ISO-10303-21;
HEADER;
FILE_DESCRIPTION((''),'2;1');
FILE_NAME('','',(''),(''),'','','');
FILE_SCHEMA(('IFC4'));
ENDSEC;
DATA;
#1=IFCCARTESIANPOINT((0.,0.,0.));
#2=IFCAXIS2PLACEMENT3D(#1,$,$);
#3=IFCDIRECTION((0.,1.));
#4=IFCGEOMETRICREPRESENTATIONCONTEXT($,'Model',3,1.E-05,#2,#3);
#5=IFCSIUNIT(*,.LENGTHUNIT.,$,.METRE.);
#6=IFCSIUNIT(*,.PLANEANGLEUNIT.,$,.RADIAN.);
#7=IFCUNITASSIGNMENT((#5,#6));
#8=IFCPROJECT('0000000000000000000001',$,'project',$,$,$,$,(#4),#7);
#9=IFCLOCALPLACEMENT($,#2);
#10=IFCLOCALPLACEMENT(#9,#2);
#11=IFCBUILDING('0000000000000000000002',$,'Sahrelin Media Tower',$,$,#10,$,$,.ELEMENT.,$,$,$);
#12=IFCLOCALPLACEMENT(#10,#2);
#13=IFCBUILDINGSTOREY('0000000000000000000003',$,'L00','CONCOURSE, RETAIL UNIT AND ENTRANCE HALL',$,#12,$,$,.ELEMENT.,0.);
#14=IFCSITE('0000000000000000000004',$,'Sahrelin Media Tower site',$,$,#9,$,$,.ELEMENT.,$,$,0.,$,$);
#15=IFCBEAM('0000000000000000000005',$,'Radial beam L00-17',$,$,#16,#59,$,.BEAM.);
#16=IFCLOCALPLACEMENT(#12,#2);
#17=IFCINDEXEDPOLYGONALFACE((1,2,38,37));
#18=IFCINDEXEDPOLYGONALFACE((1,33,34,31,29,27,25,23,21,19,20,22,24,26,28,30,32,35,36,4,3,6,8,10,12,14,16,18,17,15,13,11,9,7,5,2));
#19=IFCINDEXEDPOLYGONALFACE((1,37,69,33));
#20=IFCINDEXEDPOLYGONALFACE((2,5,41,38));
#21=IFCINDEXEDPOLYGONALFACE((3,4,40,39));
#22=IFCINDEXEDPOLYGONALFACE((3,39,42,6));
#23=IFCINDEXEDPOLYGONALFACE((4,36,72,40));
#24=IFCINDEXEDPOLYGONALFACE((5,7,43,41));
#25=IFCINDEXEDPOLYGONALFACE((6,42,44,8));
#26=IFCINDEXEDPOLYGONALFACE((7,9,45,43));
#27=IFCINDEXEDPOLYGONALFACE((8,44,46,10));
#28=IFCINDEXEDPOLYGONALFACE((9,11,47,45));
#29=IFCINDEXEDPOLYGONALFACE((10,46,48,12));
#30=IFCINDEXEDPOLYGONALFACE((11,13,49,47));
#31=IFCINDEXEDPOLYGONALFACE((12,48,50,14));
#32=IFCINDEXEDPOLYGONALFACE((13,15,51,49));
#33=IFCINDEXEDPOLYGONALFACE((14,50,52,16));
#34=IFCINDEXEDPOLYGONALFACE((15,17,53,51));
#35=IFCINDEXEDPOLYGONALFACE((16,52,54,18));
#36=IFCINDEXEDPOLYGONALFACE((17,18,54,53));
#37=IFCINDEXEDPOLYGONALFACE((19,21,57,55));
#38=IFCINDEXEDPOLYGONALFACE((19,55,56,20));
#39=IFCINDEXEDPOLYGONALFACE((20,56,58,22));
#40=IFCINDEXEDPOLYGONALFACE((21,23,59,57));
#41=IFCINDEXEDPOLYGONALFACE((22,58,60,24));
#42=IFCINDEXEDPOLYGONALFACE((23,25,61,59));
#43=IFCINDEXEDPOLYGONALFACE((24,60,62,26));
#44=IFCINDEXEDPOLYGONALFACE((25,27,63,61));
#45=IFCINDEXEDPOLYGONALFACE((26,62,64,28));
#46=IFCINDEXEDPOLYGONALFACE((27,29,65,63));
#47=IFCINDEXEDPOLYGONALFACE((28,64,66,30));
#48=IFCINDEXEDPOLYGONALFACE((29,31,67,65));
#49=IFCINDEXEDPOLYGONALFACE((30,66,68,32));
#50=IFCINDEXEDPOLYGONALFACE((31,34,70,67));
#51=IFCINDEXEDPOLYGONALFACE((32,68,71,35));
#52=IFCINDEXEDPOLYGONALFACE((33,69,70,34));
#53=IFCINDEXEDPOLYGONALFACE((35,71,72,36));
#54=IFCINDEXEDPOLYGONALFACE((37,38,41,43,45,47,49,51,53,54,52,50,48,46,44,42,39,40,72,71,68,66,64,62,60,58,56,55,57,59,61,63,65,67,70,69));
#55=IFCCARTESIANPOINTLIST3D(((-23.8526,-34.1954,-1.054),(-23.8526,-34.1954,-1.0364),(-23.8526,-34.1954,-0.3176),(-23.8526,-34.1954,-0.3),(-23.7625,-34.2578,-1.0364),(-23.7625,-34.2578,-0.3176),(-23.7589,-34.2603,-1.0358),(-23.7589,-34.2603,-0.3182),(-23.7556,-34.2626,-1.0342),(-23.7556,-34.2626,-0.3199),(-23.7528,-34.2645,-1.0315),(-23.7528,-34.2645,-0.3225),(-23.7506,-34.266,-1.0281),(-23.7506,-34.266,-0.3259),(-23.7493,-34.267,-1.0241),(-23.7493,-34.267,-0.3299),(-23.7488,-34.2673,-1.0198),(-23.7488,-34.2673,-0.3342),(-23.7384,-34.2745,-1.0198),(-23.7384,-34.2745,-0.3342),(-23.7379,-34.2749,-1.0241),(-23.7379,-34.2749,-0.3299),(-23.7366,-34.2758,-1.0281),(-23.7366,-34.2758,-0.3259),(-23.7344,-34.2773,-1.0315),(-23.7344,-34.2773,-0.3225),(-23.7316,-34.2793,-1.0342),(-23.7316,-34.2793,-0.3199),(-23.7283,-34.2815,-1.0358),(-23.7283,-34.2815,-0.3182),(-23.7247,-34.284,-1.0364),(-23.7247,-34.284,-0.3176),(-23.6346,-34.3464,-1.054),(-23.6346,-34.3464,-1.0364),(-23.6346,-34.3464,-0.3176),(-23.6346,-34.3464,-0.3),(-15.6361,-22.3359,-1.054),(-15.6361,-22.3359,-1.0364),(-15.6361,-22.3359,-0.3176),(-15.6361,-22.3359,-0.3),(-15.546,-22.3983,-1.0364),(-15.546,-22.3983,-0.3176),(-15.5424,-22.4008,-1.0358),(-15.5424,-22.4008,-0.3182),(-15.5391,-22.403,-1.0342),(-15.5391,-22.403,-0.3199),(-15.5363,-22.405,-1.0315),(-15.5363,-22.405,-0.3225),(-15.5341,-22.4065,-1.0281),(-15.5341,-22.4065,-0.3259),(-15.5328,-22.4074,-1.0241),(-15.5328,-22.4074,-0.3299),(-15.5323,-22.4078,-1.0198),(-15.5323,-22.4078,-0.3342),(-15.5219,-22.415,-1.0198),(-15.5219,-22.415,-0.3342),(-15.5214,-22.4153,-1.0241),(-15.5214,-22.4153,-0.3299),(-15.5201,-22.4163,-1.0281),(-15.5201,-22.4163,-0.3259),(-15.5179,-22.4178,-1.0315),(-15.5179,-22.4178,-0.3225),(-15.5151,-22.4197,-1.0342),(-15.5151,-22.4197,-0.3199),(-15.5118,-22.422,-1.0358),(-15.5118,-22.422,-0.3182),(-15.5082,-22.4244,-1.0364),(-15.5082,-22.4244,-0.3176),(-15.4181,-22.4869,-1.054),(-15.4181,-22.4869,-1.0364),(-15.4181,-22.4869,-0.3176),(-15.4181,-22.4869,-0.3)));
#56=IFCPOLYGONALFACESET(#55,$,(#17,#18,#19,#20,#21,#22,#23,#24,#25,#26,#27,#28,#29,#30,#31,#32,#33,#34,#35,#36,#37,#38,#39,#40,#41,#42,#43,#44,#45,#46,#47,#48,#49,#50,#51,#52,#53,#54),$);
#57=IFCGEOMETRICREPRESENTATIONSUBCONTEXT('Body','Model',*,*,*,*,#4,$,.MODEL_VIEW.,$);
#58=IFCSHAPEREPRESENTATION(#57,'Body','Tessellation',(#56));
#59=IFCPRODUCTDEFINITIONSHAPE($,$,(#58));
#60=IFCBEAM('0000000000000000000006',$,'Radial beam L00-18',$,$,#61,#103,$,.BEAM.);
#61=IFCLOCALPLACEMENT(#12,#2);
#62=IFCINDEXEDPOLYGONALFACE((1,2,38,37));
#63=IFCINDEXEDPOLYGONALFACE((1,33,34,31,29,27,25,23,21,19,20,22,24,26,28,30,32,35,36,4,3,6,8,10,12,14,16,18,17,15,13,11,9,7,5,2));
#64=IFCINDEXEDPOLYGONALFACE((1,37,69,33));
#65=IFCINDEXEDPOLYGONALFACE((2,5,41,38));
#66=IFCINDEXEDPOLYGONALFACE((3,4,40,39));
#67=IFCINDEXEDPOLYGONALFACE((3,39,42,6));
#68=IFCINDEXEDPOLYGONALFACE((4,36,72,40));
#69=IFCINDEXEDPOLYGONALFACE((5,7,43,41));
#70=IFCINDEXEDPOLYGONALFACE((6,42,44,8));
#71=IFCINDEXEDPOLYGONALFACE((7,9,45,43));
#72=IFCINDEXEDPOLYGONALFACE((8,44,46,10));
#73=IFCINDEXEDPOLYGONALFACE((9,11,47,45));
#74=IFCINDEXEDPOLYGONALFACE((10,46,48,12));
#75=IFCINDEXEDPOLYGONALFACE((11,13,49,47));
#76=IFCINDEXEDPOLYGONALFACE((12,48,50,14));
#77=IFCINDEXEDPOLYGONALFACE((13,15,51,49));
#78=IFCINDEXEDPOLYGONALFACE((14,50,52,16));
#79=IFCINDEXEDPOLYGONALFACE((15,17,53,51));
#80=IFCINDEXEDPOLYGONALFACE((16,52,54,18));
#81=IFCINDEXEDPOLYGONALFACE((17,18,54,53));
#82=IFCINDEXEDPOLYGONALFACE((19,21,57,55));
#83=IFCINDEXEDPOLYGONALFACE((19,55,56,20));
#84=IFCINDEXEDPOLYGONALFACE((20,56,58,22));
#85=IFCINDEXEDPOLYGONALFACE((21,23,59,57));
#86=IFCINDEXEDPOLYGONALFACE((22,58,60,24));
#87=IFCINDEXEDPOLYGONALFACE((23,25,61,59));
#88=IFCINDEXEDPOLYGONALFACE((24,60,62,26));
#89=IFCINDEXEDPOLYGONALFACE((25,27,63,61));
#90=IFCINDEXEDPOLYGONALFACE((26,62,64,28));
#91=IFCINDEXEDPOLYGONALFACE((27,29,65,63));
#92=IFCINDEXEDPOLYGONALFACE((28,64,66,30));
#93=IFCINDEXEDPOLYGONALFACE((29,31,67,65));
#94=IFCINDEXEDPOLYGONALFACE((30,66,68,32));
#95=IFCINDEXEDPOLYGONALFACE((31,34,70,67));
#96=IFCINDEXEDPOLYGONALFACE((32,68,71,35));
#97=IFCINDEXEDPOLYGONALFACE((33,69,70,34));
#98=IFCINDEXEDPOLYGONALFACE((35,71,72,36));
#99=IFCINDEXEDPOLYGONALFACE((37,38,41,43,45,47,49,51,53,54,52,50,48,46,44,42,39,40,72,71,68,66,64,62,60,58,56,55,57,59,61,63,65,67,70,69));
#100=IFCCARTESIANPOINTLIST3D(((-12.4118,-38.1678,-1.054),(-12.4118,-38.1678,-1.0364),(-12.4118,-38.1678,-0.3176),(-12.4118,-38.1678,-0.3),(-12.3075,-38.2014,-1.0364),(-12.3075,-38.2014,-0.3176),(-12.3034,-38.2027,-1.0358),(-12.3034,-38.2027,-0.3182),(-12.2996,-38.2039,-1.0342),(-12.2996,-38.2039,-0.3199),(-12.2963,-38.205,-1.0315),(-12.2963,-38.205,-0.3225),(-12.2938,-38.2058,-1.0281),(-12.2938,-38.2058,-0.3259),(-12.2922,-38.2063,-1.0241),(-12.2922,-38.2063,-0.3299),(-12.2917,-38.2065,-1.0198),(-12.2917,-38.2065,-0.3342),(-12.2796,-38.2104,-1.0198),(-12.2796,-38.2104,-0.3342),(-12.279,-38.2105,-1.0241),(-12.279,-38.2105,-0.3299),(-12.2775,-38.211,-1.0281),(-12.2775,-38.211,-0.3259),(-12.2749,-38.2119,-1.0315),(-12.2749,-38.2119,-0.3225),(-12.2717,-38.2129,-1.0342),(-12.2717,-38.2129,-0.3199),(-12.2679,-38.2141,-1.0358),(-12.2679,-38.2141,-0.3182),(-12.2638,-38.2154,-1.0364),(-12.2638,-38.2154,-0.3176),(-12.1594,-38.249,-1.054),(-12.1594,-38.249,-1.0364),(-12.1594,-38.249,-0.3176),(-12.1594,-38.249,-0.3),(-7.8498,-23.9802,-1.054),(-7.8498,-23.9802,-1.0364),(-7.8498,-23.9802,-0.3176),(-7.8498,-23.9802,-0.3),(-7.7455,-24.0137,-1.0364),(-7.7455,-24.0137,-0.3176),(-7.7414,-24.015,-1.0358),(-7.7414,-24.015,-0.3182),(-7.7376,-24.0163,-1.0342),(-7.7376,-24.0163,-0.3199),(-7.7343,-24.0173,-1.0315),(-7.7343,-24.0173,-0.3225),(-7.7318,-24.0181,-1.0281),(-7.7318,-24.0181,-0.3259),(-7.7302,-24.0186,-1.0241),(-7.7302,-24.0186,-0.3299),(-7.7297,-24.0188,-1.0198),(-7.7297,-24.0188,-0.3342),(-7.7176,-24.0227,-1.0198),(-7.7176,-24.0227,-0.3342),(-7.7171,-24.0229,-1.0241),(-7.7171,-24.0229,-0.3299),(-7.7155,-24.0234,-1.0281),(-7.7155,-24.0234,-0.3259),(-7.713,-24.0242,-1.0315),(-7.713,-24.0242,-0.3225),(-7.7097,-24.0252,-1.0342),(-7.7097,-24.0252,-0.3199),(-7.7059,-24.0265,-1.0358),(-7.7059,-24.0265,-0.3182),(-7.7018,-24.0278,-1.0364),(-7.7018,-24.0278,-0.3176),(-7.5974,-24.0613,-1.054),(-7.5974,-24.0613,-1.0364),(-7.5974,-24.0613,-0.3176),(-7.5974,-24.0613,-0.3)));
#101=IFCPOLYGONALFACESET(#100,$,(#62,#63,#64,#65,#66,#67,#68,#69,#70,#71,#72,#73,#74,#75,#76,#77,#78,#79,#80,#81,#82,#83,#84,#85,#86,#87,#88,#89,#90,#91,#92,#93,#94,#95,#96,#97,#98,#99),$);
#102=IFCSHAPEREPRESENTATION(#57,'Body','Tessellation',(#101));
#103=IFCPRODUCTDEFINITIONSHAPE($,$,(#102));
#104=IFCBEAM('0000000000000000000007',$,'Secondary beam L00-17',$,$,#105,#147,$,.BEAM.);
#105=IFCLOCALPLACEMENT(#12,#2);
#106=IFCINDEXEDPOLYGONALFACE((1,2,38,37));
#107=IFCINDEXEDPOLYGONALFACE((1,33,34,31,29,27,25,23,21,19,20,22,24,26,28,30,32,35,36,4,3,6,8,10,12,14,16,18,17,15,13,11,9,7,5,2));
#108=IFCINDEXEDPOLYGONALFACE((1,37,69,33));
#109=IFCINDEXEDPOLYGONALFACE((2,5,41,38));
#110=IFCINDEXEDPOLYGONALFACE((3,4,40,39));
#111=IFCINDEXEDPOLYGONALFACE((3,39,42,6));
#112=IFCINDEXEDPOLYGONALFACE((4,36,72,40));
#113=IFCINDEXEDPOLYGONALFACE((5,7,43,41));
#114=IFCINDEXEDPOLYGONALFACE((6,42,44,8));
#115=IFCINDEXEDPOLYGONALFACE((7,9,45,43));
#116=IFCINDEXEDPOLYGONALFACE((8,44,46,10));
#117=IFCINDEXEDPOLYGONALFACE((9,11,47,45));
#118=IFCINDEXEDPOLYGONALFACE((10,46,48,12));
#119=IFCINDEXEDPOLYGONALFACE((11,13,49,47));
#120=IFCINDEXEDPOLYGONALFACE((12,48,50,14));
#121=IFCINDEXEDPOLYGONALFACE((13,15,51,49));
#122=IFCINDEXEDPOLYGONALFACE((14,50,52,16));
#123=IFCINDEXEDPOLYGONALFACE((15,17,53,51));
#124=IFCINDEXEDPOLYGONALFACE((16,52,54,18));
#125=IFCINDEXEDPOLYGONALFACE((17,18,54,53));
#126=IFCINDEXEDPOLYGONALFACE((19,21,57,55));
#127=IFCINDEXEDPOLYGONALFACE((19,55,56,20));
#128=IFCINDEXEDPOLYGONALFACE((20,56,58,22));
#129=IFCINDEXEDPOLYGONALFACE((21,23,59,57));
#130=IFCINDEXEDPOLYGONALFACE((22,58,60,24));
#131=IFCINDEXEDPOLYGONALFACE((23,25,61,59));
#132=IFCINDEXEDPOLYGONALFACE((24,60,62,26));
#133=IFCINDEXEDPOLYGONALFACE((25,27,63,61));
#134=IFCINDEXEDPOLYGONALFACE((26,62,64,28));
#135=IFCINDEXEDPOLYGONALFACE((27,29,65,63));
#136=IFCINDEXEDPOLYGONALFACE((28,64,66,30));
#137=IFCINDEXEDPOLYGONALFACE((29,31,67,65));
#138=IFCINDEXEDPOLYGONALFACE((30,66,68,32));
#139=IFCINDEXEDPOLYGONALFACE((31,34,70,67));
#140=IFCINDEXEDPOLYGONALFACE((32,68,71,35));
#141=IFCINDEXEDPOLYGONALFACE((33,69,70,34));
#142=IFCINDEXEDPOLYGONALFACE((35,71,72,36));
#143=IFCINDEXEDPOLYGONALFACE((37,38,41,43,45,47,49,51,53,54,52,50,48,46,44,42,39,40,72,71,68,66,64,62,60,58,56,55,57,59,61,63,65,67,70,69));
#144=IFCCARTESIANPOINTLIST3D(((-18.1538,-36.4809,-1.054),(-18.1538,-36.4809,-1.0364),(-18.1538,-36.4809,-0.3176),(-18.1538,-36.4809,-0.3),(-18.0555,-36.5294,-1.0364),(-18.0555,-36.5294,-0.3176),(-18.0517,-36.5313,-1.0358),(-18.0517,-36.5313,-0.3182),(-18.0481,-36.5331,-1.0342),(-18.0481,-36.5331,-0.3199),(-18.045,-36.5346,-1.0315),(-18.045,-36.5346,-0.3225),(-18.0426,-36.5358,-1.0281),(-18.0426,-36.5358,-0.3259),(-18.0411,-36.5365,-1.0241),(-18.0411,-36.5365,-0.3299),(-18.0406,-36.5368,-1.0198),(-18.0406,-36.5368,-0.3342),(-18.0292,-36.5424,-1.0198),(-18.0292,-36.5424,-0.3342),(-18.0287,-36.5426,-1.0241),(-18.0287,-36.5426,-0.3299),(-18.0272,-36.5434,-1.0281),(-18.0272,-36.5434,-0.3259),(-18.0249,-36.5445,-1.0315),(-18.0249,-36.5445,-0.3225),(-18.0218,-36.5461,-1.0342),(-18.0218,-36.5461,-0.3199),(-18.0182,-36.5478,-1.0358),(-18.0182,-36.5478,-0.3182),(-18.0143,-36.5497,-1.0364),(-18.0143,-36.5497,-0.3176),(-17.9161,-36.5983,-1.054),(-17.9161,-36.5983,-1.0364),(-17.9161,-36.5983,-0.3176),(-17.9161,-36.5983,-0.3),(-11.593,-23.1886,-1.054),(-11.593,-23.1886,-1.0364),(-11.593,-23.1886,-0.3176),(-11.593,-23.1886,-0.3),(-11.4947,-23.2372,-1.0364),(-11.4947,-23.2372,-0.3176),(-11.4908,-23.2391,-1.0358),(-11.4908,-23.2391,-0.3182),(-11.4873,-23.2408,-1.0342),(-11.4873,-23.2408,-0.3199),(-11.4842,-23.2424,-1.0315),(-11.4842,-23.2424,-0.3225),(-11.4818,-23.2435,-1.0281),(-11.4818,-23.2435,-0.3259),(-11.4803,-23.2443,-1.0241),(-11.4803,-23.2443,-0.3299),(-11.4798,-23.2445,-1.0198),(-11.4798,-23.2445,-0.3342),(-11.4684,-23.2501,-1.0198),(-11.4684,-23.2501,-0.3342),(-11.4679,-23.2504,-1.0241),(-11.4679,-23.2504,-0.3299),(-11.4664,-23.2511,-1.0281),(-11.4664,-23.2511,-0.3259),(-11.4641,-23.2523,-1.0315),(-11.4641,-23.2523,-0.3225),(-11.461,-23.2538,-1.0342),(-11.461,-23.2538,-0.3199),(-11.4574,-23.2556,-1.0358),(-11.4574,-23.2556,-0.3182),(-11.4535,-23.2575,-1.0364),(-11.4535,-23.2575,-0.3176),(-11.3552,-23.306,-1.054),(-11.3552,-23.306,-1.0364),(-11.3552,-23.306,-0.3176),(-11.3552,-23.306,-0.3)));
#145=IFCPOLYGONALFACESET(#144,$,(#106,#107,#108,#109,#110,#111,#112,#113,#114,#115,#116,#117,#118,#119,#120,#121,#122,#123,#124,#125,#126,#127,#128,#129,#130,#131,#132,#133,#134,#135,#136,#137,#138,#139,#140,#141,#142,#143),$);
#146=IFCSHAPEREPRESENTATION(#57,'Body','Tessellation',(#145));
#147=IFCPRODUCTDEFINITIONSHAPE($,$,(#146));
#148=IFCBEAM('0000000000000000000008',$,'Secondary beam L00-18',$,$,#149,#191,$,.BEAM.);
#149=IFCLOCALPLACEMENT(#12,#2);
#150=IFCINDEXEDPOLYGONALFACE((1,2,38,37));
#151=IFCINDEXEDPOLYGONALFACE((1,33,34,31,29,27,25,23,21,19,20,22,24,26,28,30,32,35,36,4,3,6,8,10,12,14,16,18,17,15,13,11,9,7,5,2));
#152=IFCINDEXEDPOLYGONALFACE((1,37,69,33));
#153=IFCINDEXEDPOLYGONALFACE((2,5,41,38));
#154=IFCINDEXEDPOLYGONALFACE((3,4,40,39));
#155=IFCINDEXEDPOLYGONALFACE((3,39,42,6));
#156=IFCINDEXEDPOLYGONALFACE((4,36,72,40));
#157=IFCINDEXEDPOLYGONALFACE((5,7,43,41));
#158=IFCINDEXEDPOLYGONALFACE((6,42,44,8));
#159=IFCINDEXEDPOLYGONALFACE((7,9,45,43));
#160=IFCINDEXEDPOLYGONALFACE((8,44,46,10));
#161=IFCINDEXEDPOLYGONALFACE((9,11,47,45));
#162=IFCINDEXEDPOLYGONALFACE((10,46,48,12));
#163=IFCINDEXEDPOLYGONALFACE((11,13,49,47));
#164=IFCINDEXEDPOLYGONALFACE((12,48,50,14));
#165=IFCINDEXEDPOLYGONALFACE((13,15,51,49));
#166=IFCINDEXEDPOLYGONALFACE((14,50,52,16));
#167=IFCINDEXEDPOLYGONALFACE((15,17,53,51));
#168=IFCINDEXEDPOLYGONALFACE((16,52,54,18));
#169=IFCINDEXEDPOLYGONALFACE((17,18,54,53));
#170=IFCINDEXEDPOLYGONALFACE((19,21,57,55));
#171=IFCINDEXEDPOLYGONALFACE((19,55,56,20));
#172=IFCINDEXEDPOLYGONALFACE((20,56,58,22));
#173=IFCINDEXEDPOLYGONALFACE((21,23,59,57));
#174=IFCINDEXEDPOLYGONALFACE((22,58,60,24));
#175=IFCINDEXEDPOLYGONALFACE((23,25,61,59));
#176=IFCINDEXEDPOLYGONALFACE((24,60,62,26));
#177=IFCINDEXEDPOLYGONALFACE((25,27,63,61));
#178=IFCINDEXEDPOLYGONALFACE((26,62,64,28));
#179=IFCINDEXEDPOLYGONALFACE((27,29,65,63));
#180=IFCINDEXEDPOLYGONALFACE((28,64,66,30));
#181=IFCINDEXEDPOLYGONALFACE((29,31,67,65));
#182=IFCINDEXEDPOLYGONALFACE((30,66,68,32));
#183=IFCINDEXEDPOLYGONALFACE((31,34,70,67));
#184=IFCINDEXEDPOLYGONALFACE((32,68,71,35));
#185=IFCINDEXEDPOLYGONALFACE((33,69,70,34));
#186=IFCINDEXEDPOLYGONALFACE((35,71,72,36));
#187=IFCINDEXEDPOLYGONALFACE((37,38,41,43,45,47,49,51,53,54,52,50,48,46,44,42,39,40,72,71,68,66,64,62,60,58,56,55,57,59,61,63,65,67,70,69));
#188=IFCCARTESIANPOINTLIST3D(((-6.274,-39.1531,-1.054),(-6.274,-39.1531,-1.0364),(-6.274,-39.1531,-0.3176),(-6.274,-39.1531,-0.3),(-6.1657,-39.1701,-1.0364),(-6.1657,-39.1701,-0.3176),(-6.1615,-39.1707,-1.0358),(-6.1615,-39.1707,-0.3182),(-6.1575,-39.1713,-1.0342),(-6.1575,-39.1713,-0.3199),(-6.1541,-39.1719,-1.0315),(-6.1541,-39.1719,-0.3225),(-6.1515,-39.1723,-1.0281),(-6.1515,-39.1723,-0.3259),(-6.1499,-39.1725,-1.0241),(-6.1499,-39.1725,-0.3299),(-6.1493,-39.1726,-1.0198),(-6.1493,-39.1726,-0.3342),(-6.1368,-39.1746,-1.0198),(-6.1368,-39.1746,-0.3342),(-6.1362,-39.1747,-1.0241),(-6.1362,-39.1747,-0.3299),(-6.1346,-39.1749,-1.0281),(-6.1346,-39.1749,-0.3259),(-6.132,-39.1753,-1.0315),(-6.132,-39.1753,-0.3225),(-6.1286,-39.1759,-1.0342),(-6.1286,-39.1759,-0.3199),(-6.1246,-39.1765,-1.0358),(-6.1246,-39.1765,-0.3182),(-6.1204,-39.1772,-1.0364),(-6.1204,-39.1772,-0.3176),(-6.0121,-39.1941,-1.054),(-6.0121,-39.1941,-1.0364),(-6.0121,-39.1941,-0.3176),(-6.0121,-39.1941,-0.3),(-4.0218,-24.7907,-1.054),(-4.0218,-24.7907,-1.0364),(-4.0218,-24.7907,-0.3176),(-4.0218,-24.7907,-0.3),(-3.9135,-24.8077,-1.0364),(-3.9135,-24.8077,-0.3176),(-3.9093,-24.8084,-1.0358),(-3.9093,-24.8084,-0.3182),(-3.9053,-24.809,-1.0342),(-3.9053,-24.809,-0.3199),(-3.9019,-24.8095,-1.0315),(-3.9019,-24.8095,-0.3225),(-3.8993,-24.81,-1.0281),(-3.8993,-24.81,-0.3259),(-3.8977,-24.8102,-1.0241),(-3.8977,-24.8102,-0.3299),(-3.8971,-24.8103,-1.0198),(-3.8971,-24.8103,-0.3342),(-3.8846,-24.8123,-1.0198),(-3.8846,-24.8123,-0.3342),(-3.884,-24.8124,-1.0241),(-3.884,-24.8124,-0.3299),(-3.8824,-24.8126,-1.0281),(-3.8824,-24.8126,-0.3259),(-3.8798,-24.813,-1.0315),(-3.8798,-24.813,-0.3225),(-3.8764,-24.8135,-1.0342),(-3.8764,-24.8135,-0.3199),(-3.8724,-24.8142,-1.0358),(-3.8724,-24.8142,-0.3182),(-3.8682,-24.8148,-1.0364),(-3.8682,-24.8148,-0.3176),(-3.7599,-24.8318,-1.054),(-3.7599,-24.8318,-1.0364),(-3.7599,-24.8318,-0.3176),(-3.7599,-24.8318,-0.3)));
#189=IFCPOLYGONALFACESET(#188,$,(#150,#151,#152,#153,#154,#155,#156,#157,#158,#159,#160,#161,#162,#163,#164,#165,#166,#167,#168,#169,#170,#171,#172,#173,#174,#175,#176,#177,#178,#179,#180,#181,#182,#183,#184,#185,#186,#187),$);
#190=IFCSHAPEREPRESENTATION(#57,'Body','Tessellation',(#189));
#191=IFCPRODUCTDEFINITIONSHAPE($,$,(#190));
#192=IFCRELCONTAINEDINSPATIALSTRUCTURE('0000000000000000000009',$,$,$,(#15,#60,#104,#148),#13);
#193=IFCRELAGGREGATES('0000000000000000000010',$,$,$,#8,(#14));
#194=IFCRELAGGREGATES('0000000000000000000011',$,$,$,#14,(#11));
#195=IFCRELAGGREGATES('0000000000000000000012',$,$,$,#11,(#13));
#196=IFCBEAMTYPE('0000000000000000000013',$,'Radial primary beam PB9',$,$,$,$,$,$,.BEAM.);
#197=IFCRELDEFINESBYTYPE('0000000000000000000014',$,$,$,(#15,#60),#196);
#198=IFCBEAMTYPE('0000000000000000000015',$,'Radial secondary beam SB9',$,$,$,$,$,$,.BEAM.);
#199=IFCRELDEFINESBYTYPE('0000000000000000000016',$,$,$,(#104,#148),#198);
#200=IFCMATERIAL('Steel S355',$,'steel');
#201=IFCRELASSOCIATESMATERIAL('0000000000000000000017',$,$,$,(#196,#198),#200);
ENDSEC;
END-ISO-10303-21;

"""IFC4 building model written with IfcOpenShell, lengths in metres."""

from ifc_helpers import new_model, si_unit, direction, frame, origin, origin_2d, place, context, subcontext, project, spatial, i_section, extrude, material, material_profile, profile_set, type_object, element, save


model = new_model("IFC4")

# Units and contexts
model_context = context("Model", 3, precision=1e-05, world=origin(), true_north=direction((0.0, 1.0)))
body_context = subcontext(model_context, "Body", "Model", "MODEL_VIEW")
ifc_project = project(units=[si_unit("LENGTHUNIT", "METRE"), si_unit("PLANEANGLEUNIT", "RADIAN")], contexts=[model_context])

# Site, building, storey
site_placement = place(None, origin())
site = spatial("IfcSite", under=ifc_project, at=site_placement, Name="Sahrelin Media Tower site", CompositionType="ELEMENT", RefElevation=0.0)
building_placement = place(site_placement, origin())
building = spatial("IfcBuilding", under=site, at=building_placement, Name="Sahrelin Media Tower", CompositionType="ELEMENT")
storey_placement = place(building_placement, origin())
storey = spatial("IfcBuildingStorey", under=building, at=storey_placement, Name="L00", Description="CONCOURSE, RETAIL UNIT AND ENTRANCE HALL", CompositionType="ELEMENT", Elevation=0.0)

# Beams
ifc_material_1 = material(Name="Steel S355", Category="steel")
ifc_material_profile_1 = material_profile(ifc_material_1, i_section(OverallWidth=0.2651, OverallDepth=0.7539, WebThickness=0.0127, FlangeThickness=0.0176, FilletRadius=0.0166, at=origin_2d()), Name="UB 762x267x147")
ifc_profile_set_1 = profile_set([ifc_material_profile_1], Name="Steel S355")
beam_type_1 = type_object("IfcBeamType", Name="Radial primary beam PB9", PredefinedType="BEAM", material=ifc_profile_set_1)
beam_1_placement = place(storey_placement, frame((-15.5271, -22.4114, -0.677), z_axis=(-0.569493, -0.821996, 0.0), x_axis=(0.821996, -0.569493, 0.0)))
element("IfcBeam", 1, at=beam_1_placement, inside=storey, type_object=beam_type_1, Name="Radial beam L00-17", PredefinedType="BEAM", context=body_context, shape_type="SweptSolid", body=[
    extrude(i_section(OverallWidth=0.2651, OverallDepth=0.7539, WebThickness=0.0127, FlangeThickness=0.0176, FilletRadius=0.0166, at=origin_2d()), origin(), (0.0, 0.0, 1.0), 14.4277),
])
beam_2_placement = place(storey_placement, frame((-7.7236, -24.0208, -0.677), z_axis=(-0.30611, -0.951996, 0.0), x_axis=(0.951996, -0.30611, 0.0)))
element("IfcBeam", 2, at=beam_2_placement, inside=storey, type_object=beam_type_1, Name="Radial beam L00-18", PredefinedType="BEAM", context=body_context, shape_type="SweptSolid", body=[
    extrude(i_section(OverallWidth=0.2651, OverallDepth=0.7539, WebThickness=0.0127, FlangeThickness=0.0176, FilletRadius=0.0166, at=origin_2d()), origin(), (0.0, 0.0, 1.0), 14.9031),
])
ifc_material_profile_2 = material_profile(ifc_material_1, i_section(OverallWidth=0.2651, OverallDepth=0.7539, WebThickness=0.0127, FlangeThickness=0.0176, FilletRadius=0.0166, at=origin_2d()), Name="UB 762x267x147")
ifc_profile_set_2 = profile_set([ifc_material_profile_2], Name="Steel S355")
beam_type_2 = type_object("IfcBeamType", Name="Radial secondary beam SB9", PredefinedType="BEAM", material=ifc_profile_set_2)
beam_3_placement = place(storey_placement, frame((-11.4741, -23.2473, -0.677), z_axis=(-0.442603, -0.896718, 0.0), x_axis=(0.896718, -0.442603, 0.0)))
element("IfcBeam", 3, at=beam_3_placement, inside=storey, type_object=beam_type_2, Name="Secondary beam L00-17", PredefinedType="BEAM", context=body_context, shape_type="SweptSolid", body=[
    extrude(i_section(OverallWidth=0.2651, OverallDepth=0.7539, WebThickness=0.0127, FlangeThickness=0.0176, FilletRadius=0.0166, at=origin_2d()), origin(), (0.0, 0.0, 1.0), 14.8232),
])
beam_4_placement = place(storey_placement, frame((-3.8909, -24.8113, -0.677), z_axis=(-0.15492, -0.987927, 0.0), x_axis=(0.987927, -0.15492, 0.0)))
element("IfcBeam", 4, at=beam_4_placement, inside=storey, type_object=beam_type_2, Name="Secondary beam L00-18", PredefinedType="BEAM", context=body_context, shape_type="SweptSolid", body=[
    extrude(i_section(OverallWidth=0.2651, OverallDepth=0.7539, WebThickness=0.0127, FlangeThickness=0.0176, FilletRadius=0.0166, at=origin_2d()), origin(), (0.0, 0.0, 1.0), 14.5378),
])

save(model, "model.ifc")
